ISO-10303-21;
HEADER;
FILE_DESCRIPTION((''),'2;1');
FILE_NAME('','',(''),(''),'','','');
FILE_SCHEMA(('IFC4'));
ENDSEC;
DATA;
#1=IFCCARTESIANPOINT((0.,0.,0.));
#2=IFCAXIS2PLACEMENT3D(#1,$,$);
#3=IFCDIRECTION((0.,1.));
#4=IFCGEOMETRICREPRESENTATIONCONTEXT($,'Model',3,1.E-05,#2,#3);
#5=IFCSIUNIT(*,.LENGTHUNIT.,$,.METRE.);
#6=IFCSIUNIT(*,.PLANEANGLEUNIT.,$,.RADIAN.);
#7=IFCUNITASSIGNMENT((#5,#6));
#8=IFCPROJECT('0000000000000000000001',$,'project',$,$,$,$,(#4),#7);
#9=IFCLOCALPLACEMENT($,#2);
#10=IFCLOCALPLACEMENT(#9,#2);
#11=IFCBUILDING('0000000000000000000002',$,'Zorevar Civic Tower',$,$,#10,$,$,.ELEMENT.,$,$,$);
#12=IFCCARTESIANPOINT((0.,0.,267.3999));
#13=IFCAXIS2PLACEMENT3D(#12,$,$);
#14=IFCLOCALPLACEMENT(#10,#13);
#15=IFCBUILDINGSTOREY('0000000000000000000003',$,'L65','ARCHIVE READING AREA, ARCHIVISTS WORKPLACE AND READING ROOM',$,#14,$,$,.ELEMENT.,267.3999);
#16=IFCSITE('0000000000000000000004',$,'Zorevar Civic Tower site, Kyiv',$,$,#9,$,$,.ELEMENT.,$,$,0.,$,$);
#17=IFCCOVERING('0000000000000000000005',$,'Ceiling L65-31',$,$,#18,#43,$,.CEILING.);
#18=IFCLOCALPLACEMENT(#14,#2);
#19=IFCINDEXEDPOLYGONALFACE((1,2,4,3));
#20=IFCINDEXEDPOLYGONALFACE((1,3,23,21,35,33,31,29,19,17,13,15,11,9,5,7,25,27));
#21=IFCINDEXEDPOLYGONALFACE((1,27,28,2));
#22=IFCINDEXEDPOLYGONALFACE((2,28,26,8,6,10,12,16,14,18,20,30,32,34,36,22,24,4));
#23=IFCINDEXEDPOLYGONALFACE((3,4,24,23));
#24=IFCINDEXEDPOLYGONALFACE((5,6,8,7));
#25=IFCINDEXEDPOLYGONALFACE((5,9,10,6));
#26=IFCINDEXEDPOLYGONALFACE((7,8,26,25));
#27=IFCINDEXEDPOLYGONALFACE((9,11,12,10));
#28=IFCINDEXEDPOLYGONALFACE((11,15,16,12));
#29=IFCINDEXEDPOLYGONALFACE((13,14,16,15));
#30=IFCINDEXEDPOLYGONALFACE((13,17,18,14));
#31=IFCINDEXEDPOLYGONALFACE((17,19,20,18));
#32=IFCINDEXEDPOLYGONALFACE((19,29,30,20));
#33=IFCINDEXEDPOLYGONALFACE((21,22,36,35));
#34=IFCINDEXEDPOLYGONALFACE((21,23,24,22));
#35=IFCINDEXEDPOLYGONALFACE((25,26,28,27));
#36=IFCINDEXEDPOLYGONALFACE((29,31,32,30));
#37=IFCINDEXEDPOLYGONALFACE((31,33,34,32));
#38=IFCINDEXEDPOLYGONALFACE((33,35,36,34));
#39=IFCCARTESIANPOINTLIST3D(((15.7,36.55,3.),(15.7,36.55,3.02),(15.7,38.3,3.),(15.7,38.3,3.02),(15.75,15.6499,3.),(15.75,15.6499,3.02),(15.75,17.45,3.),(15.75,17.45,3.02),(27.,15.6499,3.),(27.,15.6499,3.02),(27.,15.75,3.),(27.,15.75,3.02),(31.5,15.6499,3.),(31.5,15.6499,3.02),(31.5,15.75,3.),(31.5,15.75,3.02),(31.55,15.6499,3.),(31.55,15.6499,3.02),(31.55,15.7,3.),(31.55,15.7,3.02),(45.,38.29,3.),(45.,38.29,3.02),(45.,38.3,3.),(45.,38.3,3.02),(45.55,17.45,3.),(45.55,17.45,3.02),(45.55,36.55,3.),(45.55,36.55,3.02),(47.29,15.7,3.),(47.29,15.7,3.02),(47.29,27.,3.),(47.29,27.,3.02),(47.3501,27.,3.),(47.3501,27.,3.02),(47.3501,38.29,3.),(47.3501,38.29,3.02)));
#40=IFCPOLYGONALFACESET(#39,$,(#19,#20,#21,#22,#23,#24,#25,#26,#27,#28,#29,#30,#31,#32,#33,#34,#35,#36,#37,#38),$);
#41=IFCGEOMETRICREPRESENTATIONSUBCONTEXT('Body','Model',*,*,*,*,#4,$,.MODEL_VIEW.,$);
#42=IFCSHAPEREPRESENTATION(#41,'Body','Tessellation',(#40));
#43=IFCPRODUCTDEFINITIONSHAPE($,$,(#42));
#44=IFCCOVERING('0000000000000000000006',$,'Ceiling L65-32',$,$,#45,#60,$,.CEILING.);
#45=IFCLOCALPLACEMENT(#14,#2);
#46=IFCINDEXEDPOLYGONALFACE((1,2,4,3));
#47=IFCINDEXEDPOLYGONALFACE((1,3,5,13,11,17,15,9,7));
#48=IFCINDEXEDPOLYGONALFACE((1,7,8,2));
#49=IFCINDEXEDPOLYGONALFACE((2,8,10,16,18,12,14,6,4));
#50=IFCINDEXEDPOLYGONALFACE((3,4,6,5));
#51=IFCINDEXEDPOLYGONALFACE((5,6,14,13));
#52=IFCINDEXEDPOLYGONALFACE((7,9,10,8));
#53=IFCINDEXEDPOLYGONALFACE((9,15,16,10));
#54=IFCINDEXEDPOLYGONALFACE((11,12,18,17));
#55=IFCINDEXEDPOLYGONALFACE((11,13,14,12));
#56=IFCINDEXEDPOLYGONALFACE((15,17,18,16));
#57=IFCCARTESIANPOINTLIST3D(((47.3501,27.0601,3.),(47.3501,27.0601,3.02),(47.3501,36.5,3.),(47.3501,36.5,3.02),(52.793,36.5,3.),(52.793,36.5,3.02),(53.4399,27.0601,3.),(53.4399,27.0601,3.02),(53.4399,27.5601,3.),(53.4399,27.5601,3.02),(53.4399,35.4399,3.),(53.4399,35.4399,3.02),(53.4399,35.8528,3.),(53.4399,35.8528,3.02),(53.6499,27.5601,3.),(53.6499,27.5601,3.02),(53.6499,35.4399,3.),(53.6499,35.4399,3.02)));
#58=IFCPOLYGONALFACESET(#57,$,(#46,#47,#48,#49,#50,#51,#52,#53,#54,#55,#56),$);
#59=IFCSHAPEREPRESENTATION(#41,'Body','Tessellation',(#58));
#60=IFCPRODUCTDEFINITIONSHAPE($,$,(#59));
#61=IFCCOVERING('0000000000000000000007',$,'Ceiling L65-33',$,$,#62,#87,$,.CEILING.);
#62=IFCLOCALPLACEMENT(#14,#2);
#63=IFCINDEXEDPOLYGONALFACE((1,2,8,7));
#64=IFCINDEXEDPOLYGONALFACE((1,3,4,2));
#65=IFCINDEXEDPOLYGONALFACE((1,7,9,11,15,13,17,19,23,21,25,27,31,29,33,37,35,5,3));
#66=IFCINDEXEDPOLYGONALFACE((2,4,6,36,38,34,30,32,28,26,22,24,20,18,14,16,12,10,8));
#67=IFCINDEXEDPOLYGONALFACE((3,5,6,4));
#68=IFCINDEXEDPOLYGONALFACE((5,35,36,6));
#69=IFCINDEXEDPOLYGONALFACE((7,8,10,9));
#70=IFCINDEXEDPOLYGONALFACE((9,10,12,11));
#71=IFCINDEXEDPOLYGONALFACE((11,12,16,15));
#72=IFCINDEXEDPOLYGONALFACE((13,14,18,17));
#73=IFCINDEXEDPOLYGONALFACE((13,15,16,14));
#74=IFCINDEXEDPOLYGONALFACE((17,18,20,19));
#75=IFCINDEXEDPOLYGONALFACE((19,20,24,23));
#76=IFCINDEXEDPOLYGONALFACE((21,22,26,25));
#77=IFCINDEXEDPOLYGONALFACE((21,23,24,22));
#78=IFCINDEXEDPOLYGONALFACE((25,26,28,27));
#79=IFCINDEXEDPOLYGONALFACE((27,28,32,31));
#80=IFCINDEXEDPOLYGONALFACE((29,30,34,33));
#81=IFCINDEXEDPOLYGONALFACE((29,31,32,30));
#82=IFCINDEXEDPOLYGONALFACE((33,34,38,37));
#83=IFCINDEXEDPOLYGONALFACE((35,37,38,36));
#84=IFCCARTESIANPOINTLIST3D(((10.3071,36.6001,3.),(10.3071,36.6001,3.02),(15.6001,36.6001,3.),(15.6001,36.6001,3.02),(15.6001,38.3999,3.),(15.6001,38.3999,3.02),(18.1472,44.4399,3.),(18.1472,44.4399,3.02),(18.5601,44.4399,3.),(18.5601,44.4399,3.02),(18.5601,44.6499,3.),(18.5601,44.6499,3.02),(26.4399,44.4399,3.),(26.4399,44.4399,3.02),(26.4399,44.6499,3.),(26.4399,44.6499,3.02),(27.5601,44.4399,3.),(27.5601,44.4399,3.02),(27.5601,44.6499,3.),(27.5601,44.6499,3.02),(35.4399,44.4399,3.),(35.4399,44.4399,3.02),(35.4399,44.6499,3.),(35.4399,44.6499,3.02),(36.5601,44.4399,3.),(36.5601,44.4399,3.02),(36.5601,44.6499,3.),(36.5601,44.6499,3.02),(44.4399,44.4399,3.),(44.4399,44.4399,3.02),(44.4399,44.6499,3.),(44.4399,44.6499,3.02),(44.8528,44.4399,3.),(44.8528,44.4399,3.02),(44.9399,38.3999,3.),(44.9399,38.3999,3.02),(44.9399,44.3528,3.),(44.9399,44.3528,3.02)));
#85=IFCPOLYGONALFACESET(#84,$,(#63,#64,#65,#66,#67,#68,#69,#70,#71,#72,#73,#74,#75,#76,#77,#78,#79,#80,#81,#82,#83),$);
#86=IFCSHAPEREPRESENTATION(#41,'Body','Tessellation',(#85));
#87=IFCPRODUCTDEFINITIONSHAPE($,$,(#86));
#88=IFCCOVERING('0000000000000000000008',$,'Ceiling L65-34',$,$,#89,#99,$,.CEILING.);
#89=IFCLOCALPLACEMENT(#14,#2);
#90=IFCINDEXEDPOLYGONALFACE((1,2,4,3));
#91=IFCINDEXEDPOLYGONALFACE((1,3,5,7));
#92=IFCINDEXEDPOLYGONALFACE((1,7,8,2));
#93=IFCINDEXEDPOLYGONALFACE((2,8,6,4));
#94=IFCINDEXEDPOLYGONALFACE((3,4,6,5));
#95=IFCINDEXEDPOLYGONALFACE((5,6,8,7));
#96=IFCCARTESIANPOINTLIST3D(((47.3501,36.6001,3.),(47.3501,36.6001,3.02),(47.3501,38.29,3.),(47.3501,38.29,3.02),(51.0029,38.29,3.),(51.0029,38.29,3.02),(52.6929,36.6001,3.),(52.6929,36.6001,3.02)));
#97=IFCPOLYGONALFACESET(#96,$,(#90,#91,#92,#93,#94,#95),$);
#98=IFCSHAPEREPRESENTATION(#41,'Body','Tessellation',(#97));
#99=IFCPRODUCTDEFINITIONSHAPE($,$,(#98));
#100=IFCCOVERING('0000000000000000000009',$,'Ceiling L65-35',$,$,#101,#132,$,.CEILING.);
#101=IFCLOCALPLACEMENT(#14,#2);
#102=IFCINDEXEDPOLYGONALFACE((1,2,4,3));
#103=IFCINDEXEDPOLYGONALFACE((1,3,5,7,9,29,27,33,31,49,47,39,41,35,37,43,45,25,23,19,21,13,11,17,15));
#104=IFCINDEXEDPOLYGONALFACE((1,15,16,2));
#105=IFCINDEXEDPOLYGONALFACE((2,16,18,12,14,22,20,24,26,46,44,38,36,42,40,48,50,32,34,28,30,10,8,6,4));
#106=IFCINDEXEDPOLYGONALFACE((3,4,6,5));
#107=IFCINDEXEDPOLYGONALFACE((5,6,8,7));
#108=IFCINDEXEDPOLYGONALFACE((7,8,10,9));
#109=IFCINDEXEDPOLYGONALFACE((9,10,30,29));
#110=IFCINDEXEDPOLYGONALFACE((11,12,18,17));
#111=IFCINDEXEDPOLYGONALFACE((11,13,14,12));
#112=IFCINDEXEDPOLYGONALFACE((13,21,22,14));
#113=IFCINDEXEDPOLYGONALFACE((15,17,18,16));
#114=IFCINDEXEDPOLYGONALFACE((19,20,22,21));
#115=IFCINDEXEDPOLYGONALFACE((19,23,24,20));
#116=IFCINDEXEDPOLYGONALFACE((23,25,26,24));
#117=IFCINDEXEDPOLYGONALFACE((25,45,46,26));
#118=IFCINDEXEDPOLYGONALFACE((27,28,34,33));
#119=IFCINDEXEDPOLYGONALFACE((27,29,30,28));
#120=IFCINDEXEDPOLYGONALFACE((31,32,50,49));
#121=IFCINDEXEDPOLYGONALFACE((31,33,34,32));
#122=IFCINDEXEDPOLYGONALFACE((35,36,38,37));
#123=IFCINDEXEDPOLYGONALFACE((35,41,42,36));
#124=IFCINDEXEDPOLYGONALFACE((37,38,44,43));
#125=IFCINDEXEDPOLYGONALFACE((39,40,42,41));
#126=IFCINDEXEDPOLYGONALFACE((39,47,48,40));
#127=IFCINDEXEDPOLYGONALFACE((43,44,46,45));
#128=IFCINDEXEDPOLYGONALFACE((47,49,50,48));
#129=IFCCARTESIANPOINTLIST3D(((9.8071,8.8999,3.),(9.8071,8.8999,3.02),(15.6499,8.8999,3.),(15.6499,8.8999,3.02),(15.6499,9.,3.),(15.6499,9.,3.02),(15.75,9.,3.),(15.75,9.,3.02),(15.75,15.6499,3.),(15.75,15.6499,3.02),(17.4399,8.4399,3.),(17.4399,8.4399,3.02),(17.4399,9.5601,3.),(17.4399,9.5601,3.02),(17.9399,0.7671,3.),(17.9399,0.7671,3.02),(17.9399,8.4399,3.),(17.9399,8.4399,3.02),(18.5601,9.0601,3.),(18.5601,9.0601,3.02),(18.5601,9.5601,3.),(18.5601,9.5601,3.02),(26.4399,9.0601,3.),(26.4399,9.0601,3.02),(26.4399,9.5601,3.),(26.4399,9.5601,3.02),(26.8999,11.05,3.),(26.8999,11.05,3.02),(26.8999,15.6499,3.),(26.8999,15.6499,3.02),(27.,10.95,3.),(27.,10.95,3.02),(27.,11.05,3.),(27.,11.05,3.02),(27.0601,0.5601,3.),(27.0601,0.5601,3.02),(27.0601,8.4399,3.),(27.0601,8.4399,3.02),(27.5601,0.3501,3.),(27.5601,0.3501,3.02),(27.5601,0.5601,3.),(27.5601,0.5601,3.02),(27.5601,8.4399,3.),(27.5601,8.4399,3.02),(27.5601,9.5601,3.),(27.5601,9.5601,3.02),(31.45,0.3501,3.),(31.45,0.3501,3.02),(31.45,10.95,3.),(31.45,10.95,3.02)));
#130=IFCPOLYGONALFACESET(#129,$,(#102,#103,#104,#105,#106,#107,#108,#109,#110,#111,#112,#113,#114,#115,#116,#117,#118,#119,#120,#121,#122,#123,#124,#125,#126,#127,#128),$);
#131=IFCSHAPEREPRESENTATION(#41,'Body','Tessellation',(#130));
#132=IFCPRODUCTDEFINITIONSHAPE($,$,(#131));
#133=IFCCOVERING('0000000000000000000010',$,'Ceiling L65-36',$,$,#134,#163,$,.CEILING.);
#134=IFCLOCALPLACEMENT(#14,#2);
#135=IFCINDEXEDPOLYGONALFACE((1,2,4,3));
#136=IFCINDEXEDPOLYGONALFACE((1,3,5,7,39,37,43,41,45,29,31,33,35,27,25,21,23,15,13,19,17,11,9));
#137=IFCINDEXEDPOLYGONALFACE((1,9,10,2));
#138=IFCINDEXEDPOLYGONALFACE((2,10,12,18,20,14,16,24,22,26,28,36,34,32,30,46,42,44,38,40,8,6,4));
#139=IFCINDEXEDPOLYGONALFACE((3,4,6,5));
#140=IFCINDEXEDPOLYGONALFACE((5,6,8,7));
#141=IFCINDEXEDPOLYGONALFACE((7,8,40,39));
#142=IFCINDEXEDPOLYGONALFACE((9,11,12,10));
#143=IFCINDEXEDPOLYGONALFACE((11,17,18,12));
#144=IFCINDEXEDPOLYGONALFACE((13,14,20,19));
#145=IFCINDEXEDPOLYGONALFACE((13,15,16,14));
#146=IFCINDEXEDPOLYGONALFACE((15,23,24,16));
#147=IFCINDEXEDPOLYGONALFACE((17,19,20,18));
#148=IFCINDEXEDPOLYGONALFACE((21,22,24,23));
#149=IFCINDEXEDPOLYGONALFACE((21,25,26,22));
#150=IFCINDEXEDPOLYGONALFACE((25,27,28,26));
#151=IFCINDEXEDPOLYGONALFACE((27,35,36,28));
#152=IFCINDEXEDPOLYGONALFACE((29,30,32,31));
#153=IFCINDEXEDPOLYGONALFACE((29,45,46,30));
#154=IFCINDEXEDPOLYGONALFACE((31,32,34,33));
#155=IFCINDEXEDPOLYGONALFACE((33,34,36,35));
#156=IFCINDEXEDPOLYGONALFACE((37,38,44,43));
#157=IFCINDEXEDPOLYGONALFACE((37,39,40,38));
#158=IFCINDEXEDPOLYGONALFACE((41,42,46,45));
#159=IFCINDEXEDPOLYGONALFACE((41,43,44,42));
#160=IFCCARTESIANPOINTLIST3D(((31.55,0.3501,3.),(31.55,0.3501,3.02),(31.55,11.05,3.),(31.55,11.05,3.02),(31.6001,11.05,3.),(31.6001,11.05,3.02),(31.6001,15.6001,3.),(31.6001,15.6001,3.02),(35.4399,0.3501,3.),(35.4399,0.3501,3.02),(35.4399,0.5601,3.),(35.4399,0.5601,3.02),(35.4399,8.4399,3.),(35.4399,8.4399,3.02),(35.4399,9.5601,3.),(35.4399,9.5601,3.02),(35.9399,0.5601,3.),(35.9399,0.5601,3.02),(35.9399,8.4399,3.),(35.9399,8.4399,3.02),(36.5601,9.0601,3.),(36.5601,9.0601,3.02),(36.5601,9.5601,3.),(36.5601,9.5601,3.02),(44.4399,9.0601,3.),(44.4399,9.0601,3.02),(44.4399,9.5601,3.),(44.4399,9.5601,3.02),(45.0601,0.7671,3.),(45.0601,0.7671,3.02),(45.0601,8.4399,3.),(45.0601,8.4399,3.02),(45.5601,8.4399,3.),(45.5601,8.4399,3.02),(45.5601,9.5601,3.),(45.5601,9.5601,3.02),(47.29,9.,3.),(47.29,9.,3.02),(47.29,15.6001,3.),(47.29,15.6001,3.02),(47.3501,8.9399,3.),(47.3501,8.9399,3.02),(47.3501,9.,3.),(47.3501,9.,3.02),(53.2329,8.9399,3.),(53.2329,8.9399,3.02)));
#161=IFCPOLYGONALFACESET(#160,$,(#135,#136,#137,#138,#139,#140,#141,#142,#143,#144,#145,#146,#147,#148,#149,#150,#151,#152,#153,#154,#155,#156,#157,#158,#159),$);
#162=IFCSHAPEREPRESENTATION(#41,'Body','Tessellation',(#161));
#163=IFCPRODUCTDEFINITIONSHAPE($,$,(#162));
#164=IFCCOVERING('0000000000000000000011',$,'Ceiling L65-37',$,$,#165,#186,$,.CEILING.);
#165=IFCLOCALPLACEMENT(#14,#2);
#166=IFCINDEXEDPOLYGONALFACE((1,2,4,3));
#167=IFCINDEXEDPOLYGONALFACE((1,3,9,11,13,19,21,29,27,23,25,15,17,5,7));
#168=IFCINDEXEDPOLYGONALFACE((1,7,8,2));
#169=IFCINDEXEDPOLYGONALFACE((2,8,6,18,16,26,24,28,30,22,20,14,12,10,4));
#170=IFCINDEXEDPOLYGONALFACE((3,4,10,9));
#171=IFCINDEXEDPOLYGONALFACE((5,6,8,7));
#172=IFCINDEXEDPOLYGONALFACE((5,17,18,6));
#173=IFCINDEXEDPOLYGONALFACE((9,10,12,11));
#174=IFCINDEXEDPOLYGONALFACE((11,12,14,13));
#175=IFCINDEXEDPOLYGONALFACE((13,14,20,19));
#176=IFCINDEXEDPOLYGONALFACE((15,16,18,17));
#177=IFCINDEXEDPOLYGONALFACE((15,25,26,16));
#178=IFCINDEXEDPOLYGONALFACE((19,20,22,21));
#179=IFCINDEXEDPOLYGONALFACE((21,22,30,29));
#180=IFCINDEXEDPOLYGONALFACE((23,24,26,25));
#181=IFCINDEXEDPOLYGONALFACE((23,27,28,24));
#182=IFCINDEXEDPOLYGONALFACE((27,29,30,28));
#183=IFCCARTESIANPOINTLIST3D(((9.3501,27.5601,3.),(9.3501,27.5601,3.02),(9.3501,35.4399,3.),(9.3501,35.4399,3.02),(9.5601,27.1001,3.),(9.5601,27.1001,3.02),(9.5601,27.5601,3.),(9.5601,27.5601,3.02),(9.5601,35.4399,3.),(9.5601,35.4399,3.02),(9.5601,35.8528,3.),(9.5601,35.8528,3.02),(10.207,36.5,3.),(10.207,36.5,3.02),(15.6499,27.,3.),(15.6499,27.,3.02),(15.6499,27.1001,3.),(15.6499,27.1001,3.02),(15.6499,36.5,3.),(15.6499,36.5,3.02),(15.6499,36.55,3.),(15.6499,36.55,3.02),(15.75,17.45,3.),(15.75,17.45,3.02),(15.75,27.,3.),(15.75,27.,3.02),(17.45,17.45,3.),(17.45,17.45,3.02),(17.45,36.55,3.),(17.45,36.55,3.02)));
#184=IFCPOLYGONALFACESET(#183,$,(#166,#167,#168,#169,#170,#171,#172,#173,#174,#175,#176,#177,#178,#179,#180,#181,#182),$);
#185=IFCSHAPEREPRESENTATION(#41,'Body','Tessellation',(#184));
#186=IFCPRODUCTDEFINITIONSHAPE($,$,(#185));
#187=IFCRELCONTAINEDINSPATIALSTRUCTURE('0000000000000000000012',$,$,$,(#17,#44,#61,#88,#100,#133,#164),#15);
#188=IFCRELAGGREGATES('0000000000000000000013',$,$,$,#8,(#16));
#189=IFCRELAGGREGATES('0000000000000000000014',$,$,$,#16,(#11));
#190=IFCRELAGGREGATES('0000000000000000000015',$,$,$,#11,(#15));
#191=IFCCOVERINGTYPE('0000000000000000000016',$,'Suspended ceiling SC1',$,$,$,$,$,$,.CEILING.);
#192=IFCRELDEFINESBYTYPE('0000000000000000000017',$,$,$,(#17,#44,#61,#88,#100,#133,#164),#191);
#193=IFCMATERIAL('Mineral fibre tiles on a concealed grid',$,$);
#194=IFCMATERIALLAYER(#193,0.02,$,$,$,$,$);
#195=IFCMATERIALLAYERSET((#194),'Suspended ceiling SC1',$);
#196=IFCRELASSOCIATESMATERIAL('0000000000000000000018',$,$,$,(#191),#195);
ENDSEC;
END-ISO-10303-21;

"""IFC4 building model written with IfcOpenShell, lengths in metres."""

from ifc_helpers import new_model, si_unit, direction, frame, origin, place, context, subcontext, project, spatial, polyline, outline, extrude, material, layer, layer_set, type_object, element, save


model = new_model("IFC4")

# Units and contexts
model_context = context("Model", 3, precision=1e-05, world=origin(), true_north=direction((0.0, 1.0)))
body_context = subcontext(model_context, "Body", "Model", "MODEL_VIEW")
ifc_project = project(units=[si_unit("LENGTHUNIT", "METRE"), si_unit("PLANEANGLEUNIT", "RADIAN")], contexts=[model_context])

# Site, building, storey
site_placement = place(None, origin())
site = spatial("IfcSite", under=ifc_project, at=site_placement, Name="Zorevar Civic Tower site, Kyiv", CompositionType="ELEMENT", RefElevation=0.0)
building_placement = place(site_placement, origin())
building = spatial("IfcBuilding", under=site, at=building_placement, Name="Zorevar Civic Tower", CompositionType="ELEMENT")
storey_placement = place(building_placement, frame((0.0, 0.0, 267.3999)))
storey = spatial("IfcBuildingStorey", under=building, at=storey_placement, Name="L65", Description="ARCHIVE READING AREA, ARCHIVISTS WORKPLACE AND READING ROOM", CompositionType="ELEMENT", Elevation=267.3999)

# Coverings
ifc_material_1 = material(Name="Mineral fibre tiles on a concealed grid")
ifc_layer_1 = layer(ifc_material_1, 0.02)
ifc_layer_set_1 = layer_set([ifc_layer_1], Name="Suspended ceiling SC1")
covering_type_1 = type_object("IfcCoveringType", Name="Suspended ceiling SC1", PredefinedType="CEILING", material=ifc_layer_set_1)
covering_1_placement = place(storey_placement, frame((0.0, 0.0, 3.0)))
element("IfcCovering", 1, at=covering_1_placement, inside=storey, type_object=covering_type_1, Name="Ceiling L65-31", PredefinedType="CEILING", context=body_context, shape_type="SweptSolid", body=[
    extrude(outline(polyline([(15.75, 17.45), (45.55, 17.45), (45.55, 36.55), (15.7, 36.55), (15.7, 38.3), (45.0, 38.3), (45.0, 38.29), (47.3501, 38.29), (47.3501, 27.0), (47.29, 27.0), (47.29, 15.7), (31.55, 15.7), (31.55, 15.6499), (31.5, 15.6499), (31.5, 15.75), (27.0, 15.75), (27.0, 15.6499), (15.75, 15.6499), (15.75, 17.45)])), origin(), (0.0, 0.0, 1.0), 0.02),
])
covering_2_placement = place(storey_placement, frame((0.0, 0.0, 3.0)))
element("IfcCovering", 2, at=covering_2_placement, inside=storey, type_object=covering_type_1, Name="Ceiling L65-32", PredefinedType="CEILING", context=body_context, shape_type="SweptSolid", body=[
    extrude(outline(polyline([(52.793, 36.5), (53.4399, 35.8528), (53.4399, 35.4399), (53.6499, 35.4399), (53.6499, 27.5601), (53.4399, 27.5601), (53.4399, 27.0601), (47.3501, 27.0601), (47.3501, 36.5), (52.793, 36.5)])), origin(), (0.0, 0.0, 1.0), 0.02),
])
covering_3_placement = place(storey_placement, frame((0.0, 0.0, 3.0)))
element("IfcCovering", 3, at=covering_3_placement, inside=storey, type_object=covering_type_1, Name="Ceiling L65-33", PredefinedType="CEILING", context=body_context, shape_type="SweptSolid", body=[
    extrude(outline(polyline([(18.5601, 44.4399), (18.5601, 44.6499), (26.4399, 44.6499), (26.4399, 44.4399), (27.5601, 44.4399), (27.5601, 44.6499), (35.4399, 44.6499), (35.4399, 44.4399), (36.5601, 44.4399), (36.5601, 44.6499), (44.4399, 44.6499), (44.4399, 44.4399), (44.8528, 44.4399), (44.9399, 44.3528), (44.9399, 38.3999), (15.6001, 38.3999), (15.6001, 36.6001), (10.3071, 36.6001), (18.1472, 44.4399), (18.5601, 44.4399)])), origin(), (0.0, 0.0, 1.0), 0.02),
])
covering_4_placement = place(storey_placement, frame((0.0, 0.0, 3.0)))
element("IfcCovering", 4, at=covering_4_placement, inside=storey, type_object=covering_type_1, Name="Ceiling L65-34", PredefinedType="CEILING", context=body_context, shape_type="SweptSolid", body=[
    extrude(outline(polyline([(47.3501, 36.6001), (47.3501, 38.29), (51.0029, 38.29), (52.6929, 36.6001), (47.3501, 36.6001)])), origin(), (0.0, 0.0, 1.0), 0.02),
])
covering_5_placement = place(storey_placement, frame((0.0, 0.0, 3.0)))
element("IfcCovering", 5, at=covering_5_placement, inside=storey, type_object=covering_type_1, Name="Ceiling L65-35", PredefinedType="CEILING", context=body_context, shape_type="SweptSolid", body=[
    extrude(outline(polyline([(15.6499, 8.8999), (15.6499, 9.0), (15.75, 9.0), (15.75, 15.6499), (26.8999, 15.6499), (26.8999, 11.05), (27.0, 11.05), (27.0, 10.95), (31.45, 10.95), (31.45, 0.3501), (27.5601, 0.3501), (27.5601, 0.5601), (27.0601, 0.5601), (27.0601, 8.4399), (27.5601, 8.4399), (27.5601, 9.5601), (26.4399, 9.5601), (26.4399, 9.0601), (18.5601, 9.0601), (18.5601, 9.5601), (17.4399, 9.5601), (17.4399, 8.4399), (17.9399, 8.4399), (17.9399, 0.7671), (9.8071, 8.8999), (15.6499, 8.8999)])), origin(), (0.0, 0.0, 1.0), 0.02),
])
covering_6_placement = place(storey_placement, frame((0.0, 0.0, 3.0)))
element("IfcCovering", 6, at=covering_6_placement, inside=storey, type_object=covering_type_1, Name="Ceiling L65-36", PredefinedType="CEILING", context=body_context, shape_type="SweptSolid", body=[
    extrude(outline(polyline([(45.0601, 8.4399), (45.5601, 8.4399), (45.5601, 9.5601), (44.4399, 9.5601), (44.4399, 9.0601), (36.5601, 9.0601), (36.5601, 9.5601), (35.4399, 9.5601), (35.4399, 8.4399), (35.9399, 8.4399), (35.9399, 0.5601), (35.4399, 0.5601), (35.4399, 0.3501), (31.55, 0.3501), (31.55, 11.05), (31.6001, 11.05), (31.6001, 15.6001), (47.29, 15.6001), (47.29, 9.0), (47.3501, 9.0), (47.3501, 8.9399), (53.2329, 8.9399), (45.0601, 0.7671), (45.0601, 8.4399)])), origin(), (0.0, 0.0, 1.0), 0.02),
])
covering_7_placement = place(storey_placement, frame((0.0, 0.0, 3.0)))
element("IfcCovering", 7, at=covering_7_placement, inside=storey, type_object=covering_type_1, Name="Ceiling L65-37", PredefinedType="CEILING", context=body_context, shape_type="SweptSolid", body=[
    extrude(outline(polyline([(9.5601, 27.5601), (9.3501, 27.5601), (9.3501, 35.4399), (9.5601, 35.4399), (9.5601, 35.8528), (10.207, 36.5), (15.6499, 36.5), (15.6499, 36.55), (17.45, 36.55), (17.45, 17.45), (15.75, 17.45), (15.75, 27.0), (15.6499, 27.0), (15.6499, 27.1001), (9.5601, 27.1001), (9.5601, 27.5601)])), origin(), (0.0, 0.0, 1.0), 0.02),
])

save(model, "model.ifc")
